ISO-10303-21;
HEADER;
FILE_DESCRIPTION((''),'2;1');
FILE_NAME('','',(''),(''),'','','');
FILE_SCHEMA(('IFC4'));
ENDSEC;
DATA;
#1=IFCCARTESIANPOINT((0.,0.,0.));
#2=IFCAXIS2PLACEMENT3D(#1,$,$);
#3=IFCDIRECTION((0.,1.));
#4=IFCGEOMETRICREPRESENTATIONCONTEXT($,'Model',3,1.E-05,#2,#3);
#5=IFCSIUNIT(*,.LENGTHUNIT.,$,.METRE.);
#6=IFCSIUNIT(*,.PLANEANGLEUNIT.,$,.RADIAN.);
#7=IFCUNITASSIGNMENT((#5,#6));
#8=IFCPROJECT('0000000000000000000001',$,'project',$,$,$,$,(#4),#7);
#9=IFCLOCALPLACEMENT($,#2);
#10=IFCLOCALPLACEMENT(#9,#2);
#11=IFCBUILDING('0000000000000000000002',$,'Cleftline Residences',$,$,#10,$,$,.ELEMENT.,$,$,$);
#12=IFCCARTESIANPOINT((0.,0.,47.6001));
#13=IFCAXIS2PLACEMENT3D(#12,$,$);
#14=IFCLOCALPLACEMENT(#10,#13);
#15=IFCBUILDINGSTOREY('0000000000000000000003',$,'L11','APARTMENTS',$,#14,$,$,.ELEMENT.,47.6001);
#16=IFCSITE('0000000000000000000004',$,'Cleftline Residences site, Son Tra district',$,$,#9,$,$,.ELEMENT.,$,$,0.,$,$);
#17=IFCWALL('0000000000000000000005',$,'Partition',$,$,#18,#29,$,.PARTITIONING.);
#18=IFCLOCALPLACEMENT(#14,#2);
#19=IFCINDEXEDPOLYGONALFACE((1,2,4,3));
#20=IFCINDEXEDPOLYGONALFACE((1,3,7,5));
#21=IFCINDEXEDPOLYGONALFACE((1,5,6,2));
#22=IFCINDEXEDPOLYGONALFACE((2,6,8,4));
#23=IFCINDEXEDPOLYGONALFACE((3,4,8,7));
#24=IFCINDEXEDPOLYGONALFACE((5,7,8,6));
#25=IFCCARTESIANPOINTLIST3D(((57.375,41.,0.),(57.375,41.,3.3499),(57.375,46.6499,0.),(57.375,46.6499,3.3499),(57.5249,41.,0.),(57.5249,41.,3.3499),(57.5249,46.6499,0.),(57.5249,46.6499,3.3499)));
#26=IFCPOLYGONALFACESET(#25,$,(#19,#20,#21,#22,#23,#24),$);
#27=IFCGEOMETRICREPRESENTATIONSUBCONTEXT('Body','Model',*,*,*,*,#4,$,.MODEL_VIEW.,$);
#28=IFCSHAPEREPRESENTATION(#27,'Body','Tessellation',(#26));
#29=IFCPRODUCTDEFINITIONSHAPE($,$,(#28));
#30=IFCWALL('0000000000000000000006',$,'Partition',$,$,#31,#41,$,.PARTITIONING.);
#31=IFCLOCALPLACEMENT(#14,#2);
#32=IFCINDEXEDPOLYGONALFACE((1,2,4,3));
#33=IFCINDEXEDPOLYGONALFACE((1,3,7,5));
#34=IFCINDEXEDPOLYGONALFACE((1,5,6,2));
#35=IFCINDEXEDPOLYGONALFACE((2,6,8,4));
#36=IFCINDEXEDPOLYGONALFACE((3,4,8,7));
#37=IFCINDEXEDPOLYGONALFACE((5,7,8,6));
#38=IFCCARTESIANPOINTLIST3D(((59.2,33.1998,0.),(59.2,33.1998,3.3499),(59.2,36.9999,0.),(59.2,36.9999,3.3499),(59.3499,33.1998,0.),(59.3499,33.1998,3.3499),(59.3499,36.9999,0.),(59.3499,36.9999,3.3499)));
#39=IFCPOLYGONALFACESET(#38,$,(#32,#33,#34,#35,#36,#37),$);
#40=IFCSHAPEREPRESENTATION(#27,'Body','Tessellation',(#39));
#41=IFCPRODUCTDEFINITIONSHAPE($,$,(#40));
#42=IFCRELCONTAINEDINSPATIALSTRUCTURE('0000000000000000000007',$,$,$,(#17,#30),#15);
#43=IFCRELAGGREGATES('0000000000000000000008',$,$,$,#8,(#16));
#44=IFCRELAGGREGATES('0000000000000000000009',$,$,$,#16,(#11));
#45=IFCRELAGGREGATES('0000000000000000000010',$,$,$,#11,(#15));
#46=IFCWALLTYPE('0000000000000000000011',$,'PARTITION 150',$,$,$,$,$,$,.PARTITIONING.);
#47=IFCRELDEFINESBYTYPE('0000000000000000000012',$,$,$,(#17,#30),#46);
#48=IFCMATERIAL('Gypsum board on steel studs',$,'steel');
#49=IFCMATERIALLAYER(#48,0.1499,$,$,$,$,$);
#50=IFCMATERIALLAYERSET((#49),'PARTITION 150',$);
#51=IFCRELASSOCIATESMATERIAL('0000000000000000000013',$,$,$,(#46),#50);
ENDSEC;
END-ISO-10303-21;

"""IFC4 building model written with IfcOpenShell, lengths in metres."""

from ifc_helpers import new_model, si_unit, direction, frame, frame_2d, origin, place, context, subcontext, project, spatial, rectangle, extrude, material, layer, layer_set, type_object, element, save


model = new_model("IFC4")

# Units and contexts
model_context = context("Model", 3, precision=1e-05, world=origin(), true_north=direction((0.0, 1.0)))
body_context = subcontext(model_context, "Body", "Model", "MODEL_VIEW")
ifc_project = project(units=[si_unit("LENGTHUNIT", "METRE"), si_unit("PLANEANGLEUNIT", "RADIAN")], contexts=[model_context])

# Site, building, storey
site_placement = place(None, origin())
site = spatial("IfcSite", under=ifc_project, at=site_placement, Name="Cleftline Residences site, Son Tra district", CompositionType="ELEMENT", RefElevation=0.0)
building_placement = place(site_placement, origin())
building = spatial("IfcBuilding", under=site, at=building_placement, Name="Cleftline Residences", CompositionType="ELEMENT")
storey_placement = place(building_placement, frame((0.0, 0.0, 47.6001)))
storey = spatial("IfcBuildingStorey", under=building, at=storey_placement, Name="L11", Description="APARTMENTS", CompositionType="ELEMENT", Elevation=47.6001)

# Walls
ifc_material_1 = material(Name="Gypsum board on steel studs", Category="steel")
ifc_layer_1 = layer(ifc_material_1, 0.1499)
ifc_layer_set_1 = layer_set([ifc_layer_1], Name="PARTITION 150")
wall_type_1 = type_object("IfcWallType", Name="PARTITION 150", PredefinedType="PARTITIONING", material=ifc_layer_set_1)
wall_1_placement = place(storey_placement, frame((57.45, 41.0, 0.0), z_axis=(0.0, 0.0, 1.0), x_axis=(0.0, 1.0, 0.0)))
element("IfcWall", 1, at=wall_1_placement, inside=storey, type_object=wall_type_1, Name="Partition", PredefinedType="PARTITIONING", context=body_context, shape_type="SweptSolid", body=[
    extrude(rectangle(XDim=5.6499, YDim=0.1499, at=frame_2d((2.825, 0.0))), origin(), (0.0, 0.0, 1.0), 3.3499),
])
wall_2_placement = place(storey_placement, frame((59.2749, 33.2, 0.0), z_axis=(0.0, 0.0, 1.0), x_axis=(0.0, 1.0, 0.0)))
element("IfcWall", 2, at=wall_2_placement, inside=storey, type_object=wall_type_1, Name="Partition", PredefinedType="PARTITIONING", context=body_context, shape_type="SweptSolid", body=[
    extrude(rectangle(XDim=3.8, YDim=0.1499, at=frame_2d((1.8999, 0.0))), origin(), (0.0, 0.0, 1.0), 3.3499),
])

save(model, "model.ifc")
